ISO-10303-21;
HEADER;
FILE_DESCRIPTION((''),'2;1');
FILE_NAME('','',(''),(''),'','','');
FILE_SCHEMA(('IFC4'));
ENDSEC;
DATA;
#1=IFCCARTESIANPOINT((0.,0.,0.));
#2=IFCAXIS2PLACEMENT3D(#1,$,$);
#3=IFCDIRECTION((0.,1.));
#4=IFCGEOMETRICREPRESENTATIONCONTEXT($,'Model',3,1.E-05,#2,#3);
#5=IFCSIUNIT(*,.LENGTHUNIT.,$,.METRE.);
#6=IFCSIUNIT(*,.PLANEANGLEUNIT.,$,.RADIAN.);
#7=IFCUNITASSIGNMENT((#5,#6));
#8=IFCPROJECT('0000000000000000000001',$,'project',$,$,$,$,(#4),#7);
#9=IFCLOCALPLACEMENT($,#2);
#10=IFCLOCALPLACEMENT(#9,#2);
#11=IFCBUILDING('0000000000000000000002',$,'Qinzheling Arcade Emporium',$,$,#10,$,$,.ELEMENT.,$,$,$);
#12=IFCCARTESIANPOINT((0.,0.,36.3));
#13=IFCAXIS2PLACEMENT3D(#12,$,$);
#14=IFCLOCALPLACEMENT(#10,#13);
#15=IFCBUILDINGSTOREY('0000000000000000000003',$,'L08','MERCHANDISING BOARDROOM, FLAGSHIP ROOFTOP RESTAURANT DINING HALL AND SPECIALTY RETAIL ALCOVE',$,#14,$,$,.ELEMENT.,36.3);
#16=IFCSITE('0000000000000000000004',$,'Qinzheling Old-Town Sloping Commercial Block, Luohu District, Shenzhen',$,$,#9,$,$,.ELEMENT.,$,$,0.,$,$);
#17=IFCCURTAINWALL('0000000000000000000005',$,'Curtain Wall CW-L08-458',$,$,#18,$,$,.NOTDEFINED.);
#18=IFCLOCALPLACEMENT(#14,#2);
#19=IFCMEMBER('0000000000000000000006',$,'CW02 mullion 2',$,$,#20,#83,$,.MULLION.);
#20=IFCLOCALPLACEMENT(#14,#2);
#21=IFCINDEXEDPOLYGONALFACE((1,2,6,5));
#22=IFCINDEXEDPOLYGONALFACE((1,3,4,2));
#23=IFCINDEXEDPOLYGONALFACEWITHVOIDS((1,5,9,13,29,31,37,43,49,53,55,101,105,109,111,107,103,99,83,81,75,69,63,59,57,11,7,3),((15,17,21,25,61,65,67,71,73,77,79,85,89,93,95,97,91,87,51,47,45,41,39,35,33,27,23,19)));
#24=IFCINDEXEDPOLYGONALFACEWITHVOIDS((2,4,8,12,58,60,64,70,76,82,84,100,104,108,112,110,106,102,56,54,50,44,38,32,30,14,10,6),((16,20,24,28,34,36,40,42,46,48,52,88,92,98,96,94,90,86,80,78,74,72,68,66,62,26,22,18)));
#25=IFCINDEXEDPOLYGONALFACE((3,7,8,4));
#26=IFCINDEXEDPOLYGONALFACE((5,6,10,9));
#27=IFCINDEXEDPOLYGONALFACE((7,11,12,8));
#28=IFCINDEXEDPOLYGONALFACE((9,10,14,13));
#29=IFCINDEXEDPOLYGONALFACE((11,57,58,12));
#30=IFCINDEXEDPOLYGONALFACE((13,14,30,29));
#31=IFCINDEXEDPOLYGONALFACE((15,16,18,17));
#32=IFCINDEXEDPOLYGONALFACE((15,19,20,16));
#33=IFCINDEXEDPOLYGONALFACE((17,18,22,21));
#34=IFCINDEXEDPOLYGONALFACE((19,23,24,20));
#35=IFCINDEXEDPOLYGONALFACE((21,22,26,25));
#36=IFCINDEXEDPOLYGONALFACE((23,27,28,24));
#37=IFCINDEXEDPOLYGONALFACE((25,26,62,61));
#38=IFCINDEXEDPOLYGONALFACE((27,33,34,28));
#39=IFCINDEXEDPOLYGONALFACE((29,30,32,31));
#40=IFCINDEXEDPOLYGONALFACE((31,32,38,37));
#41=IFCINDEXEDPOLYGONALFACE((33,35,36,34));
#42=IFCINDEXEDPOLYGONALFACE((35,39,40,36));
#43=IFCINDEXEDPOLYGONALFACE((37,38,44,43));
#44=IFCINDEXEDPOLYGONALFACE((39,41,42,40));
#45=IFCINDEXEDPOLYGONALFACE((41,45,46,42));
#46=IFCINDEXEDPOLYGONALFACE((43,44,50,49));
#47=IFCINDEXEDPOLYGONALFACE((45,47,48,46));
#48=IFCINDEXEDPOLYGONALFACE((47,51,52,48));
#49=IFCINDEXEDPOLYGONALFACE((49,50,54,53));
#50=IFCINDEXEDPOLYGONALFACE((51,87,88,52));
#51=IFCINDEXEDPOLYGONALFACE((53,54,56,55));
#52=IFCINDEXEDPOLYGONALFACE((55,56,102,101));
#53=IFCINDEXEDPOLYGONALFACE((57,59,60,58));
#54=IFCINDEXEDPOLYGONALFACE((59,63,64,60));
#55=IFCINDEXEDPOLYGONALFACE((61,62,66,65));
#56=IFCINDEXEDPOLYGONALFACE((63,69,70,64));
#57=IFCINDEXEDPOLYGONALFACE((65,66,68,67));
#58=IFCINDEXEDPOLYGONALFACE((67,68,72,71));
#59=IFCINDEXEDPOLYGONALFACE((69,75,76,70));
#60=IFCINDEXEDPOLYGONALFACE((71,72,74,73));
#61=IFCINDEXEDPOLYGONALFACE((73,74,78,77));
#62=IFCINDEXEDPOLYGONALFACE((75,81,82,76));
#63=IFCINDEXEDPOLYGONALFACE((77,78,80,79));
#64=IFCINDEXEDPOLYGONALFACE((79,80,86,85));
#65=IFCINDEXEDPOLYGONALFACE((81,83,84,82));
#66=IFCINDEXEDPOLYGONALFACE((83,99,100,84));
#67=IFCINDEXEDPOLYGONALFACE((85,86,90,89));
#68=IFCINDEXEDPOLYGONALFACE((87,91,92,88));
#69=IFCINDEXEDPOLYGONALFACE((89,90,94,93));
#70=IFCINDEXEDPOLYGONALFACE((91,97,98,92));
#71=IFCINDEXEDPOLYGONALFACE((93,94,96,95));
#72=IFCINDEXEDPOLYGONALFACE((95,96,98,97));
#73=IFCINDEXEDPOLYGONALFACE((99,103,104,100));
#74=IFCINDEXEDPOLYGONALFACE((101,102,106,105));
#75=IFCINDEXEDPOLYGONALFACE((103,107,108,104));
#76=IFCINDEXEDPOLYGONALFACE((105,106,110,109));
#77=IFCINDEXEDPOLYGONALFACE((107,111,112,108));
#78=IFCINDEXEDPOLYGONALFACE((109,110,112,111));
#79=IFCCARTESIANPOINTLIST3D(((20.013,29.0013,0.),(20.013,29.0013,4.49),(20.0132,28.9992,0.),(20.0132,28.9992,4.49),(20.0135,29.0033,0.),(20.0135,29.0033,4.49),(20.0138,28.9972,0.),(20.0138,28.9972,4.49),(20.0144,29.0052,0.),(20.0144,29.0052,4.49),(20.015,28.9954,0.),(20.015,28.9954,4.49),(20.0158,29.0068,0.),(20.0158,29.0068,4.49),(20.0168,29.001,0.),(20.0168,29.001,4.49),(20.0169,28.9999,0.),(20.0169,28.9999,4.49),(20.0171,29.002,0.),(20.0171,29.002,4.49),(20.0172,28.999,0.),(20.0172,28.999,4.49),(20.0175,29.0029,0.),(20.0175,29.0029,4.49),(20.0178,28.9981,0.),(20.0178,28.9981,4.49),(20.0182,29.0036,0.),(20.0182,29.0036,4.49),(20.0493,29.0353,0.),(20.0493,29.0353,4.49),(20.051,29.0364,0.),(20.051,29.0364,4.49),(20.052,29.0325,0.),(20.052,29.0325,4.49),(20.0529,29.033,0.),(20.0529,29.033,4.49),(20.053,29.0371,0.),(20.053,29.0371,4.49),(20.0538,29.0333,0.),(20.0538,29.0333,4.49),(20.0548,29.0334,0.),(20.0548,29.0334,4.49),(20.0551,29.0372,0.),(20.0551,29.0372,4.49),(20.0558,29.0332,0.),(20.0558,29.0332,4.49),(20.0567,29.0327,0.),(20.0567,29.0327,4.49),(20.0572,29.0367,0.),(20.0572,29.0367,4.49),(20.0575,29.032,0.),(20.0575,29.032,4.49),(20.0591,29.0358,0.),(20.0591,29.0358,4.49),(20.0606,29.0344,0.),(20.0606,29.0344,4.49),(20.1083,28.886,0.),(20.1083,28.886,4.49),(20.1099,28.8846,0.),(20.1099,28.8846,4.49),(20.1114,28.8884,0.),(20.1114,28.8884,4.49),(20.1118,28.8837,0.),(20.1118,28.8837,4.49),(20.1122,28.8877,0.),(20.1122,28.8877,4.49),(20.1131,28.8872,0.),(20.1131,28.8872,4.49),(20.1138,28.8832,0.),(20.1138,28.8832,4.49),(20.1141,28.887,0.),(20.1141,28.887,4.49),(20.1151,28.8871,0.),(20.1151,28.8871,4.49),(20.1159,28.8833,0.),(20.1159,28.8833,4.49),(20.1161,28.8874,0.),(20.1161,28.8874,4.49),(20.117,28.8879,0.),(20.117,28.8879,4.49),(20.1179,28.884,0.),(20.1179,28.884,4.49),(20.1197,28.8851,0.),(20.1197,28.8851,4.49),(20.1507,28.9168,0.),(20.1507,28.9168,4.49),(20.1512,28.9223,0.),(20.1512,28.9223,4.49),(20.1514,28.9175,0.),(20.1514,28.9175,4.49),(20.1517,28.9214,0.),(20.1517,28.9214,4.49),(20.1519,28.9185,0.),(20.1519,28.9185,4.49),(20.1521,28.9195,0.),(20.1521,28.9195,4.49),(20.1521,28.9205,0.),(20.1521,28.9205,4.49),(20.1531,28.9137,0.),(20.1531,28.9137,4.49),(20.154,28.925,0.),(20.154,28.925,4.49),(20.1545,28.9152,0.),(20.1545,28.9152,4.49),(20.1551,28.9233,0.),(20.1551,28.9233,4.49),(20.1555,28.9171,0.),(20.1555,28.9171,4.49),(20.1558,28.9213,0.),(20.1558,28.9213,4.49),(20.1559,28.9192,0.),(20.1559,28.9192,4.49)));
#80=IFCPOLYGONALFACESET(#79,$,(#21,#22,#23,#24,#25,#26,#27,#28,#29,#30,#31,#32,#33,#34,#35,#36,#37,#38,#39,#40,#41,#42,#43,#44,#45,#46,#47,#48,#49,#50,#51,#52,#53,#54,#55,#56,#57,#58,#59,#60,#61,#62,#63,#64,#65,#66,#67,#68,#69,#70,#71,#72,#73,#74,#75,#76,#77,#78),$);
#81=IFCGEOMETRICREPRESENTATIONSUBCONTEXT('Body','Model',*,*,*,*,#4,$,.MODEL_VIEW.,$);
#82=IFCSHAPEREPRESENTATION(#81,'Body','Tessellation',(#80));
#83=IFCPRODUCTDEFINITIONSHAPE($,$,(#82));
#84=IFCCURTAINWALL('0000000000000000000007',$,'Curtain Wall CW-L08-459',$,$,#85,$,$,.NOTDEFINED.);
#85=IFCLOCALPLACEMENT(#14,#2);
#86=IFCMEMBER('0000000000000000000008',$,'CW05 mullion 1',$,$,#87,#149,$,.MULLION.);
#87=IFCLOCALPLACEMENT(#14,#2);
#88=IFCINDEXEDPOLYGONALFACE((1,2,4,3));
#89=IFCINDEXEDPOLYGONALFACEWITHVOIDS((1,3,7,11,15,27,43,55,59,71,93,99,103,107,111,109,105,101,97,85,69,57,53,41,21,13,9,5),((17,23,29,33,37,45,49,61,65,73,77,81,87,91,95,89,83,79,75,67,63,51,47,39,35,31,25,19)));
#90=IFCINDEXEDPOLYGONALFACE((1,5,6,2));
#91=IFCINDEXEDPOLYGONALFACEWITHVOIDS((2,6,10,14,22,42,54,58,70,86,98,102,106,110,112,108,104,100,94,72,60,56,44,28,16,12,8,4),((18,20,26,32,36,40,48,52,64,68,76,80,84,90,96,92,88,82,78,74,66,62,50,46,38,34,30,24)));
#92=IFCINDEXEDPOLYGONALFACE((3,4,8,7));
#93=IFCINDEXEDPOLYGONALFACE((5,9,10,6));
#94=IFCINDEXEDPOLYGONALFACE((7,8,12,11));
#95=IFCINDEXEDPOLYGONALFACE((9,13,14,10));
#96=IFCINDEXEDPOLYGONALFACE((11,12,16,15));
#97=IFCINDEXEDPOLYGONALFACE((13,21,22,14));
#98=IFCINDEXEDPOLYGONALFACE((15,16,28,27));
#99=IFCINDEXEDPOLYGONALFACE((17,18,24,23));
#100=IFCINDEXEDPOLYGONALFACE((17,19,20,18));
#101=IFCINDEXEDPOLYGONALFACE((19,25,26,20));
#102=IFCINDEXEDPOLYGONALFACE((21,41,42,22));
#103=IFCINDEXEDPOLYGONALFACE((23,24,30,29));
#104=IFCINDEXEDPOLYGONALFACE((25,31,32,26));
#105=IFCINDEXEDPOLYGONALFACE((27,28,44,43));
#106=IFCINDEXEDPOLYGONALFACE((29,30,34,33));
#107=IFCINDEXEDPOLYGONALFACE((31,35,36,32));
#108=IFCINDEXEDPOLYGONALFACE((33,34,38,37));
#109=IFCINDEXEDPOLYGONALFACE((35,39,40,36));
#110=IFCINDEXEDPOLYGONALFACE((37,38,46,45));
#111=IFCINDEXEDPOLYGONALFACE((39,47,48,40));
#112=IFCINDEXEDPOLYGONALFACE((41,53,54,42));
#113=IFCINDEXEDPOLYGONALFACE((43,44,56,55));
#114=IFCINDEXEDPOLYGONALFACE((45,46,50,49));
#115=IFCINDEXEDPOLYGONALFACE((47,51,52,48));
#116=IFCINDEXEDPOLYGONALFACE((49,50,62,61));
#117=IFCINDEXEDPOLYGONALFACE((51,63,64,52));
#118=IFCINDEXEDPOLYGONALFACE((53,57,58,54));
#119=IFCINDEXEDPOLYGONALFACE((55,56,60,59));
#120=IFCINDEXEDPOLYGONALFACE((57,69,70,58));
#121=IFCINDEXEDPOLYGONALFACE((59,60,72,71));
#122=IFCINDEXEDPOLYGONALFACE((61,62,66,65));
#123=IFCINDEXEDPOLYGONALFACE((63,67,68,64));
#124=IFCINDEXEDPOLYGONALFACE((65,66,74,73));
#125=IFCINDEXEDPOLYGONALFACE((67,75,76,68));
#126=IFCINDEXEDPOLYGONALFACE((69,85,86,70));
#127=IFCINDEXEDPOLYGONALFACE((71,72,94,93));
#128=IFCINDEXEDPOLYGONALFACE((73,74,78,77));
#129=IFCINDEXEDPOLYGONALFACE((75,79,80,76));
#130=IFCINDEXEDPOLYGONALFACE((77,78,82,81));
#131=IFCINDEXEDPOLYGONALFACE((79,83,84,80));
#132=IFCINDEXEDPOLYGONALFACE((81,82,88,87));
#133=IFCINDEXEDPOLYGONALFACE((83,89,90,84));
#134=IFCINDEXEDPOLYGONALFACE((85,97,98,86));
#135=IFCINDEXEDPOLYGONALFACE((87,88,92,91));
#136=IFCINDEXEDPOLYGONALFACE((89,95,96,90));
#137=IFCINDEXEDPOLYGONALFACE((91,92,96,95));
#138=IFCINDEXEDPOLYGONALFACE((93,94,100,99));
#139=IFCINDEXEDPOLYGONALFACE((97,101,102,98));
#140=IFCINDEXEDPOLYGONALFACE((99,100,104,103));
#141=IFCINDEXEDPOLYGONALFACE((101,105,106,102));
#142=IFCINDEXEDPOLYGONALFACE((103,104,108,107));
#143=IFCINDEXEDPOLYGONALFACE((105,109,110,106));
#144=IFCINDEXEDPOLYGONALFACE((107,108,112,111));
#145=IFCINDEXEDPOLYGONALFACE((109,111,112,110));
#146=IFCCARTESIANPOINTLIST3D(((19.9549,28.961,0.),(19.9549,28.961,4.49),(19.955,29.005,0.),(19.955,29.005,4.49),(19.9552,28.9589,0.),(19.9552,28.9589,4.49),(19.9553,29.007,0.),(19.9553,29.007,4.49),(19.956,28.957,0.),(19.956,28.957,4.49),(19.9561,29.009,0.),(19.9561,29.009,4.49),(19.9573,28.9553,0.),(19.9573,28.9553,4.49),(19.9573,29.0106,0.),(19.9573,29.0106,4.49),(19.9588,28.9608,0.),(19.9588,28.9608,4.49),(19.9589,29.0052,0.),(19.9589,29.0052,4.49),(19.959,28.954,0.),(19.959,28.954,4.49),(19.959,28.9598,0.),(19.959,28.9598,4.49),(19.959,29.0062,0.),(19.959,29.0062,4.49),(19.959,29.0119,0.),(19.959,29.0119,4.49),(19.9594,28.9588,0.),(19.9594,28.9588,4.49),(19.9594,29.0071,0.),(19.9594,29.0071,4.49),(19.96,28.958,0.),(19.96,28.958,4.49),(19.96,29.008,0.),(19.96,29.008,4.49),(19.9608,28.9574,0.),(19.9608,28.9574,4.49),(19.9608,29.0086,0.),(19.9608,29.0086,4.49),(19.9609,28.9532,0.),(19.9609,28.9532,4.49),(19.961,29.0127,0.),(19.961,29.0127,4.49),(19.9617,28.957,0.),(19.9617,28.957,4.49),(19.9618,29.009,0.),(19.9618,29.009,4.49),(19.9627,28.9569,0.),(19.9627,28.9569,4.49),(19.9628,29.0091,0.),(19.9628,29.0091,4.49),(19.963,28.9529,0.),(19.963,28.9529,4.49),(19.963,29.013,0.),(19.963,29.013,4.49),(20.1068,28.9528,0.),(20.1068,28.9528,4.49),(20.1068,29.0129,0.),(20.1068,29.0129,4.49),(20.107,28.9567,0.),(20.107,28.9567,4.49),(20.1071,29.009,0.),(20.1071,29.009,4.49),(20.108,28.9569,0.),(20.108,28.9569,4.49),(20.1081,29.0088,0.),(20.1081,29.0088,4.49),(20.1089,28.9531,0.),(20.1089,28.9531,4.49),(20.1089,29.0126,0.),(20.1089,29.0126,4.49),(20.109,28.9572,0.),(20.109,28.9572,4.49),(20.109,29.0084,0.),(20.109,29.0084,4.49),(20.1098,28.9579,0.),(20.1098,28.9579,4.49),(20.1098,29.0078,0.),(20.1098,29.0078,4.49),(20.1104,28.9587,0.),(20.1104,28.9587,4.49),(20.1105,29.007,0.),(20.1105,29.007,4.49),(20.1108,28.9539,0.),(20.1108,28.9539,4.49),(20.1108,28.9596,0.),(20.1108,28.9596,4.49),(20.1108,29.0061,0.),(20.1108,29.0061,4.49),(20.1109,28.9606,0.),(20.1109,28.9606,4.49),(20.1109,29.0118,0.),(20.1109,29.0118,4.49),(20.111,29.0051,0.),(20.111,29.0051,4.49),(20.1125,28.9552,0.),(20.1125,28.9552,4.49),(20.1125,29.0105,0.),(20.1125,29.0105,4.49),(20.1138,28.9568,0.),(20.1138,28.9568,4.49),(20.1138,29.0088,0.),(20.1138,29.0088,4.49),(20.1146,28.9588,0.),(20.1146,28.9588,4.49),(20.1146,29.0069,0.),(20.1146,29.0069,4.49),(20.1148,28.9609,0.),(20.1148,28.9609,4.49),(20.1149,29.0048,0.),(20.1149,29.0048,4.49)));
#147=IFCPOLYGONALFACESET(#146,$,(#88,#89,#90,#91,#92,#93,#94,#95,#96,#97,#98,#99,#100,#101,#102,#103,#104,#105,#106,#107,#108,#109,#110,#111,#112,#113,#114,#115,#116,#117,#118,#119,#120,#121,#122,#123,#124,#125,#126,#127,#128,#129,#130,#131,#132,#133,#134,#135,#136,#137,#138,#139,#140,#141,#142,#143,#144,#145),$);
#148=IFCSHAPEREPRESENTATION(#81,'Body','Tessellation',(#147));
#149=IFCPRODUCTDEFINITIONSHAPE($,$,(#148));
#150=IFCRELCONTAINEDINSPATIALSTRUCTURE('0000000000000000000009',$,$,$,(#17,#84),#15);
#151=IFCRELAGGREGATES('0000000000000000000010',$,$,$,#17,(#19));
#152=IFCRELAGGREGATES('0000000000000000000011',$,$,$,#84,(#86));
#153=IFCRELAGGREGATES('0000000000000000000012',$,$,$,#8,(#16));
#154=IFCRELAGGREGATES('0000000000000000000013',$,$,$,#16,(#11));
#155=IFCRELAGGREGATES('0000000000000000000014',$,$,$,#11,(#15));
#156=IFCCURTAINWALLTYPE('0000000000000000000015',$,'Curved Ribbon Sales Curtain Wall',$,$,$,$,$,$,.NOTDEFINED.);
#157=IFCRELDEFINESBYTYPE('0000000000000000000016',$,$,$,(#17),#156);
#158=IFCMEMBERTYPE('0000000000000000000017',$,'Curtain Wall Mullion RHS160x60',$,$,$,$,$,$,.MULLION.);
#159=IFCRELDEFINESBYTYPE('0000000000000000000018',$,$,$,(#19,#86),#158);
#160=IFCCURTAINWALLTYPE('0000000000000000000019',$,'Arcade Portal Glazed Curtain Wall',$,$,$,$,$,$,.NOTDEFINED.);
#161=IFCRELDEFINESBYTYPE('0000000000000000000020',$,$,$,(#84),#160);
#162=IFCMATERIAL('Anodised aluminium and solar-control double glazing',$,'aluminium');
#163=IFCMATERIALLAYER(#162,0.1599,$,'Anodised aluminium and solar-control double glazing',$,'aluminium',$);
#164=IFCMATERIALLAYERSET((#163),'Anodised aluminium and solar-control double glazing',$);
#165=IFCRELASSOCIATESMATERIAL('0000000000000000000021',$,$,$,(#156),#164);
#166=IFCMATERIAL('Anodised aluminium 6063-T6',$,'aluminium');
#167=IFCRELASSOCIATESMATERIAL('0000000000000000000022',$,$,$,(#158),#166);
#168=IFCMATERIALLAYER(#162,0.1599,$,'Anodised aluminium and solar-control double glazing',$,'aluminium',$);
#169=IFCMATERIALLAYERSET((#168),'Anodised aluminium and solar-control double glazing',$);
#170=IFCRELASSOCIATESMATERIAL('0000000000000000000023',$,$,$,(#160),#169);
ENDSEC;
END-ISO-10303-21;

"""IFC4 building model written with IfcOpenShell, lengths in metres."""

from ifc_helpers import new_model, si_unit, direction, frame, origin, origin_2d, place, context, subcontext, project, spatial, hollow_rectangle, extrude, material, layer, layer_set, material_profile, profile_set, type_object, element, aggregate, save


model = new_model("IFC4")

# Units and contexts
model_context = context("Model", 3, precision=1e-05, world=origin(), true_north=direction((0.0, 1.0)))
body_context = subcontext(model_context, "Body", "Model", "MODEL_VIEW")
ifc_project = project(units=[si_unit("LENGTHUNIT", "METRE"), si_unit("PLANEANGLEUNIT", "RADIAN")], contexts=[model_context])

# Site, building, storey
site_placement = place(None, origin())
site = spatial("IfcSite", under=ifc_project, at=site_placement, Name="Qinzheling Old-Town Sloping Commercial Block, Luohu District, Shenzhen", CompositionType="ELEMENT", RefElevation=0.0)
building_placement = place(site_placement, origin())
building = spatial("IfcBuilding", under=site, at=building_placement, Name="Qinzheling Arcade Emporium", CompositionType="ELEMENT")
storey_placement = place(building_placement, frame((0.0, 0.0, 36.3)))
storey = spatial("IfcBuildingStorey", under=building, at=storey_placement, Name="L08", Description="MERCHANDISING BOARDROOM, FLAGSHIP ROOFTOP RESTAURANT DINING HALL AND SPECIALTY RETAIL ALCOVE", CompositionType="ELEMENT", Elevation=36.3)

# Shared definitions
ifc_material_1 = material(Name="Anodised aluminium and solar-control double glazing", Category="aluminium")
ifc_layer_1 = layer(ifc_material_1, 0.1599, Name="Anodised aluminium and solar-control double glazing", Category="aluminium")
ifc_layer_set_1 = layer_set([ifc_layer_1], Name="Anodised aluminium and solar-control double glazing")
curtain_wall_type_1 = type_object("IfcCurtainWallType", Name="Curved Ribbon Sales Curtain Wall", PredefinedType="NOTDEFINED", material=ifc_layer_set_1)
ifc_material_2 = material(Name="Anodised aluminium 6063-T6", Category="aluminium")
ifc_material_profile_1 = material_profile(ifc_material_2, hollow_rectangle(XDim=0.0601, YDim=0.1599, WallThickness=0.0039, InnerFilletRadius=0.0039, OuterFilletRadius=0.0081, at=origin_2d()), Name="RHS 160x60x4", Category="aluminium")
ifc_profile_set_1 = profile_set([ifc_material_profile_1], Name="Anodised aluminium 6063-T6")
member_type_1 = type_object("IfcMemberType", Name="Curtain Wall Mullion RHS160x60", PredefinedType="MULLION", material=ifc_profile_set_1)

# Curtain walls, members
curtain_wall_1_placement = place(storey_placement, origin())
curtain_wall_1 = element("IfcCurtainWall", 1, at=curtain_wall_1_placement, inside=storey, type_object=curtain_wall_type_1, Name="Curtain Wall CW-L08-458", PredefinedType="NOTDEFINED")
member_1_placement = place(storey_placement, frame((20.0845, 28.9602, 0.0), z_axis=(0.0, 0.0, 1.0), x_axis=(-0.760575, -0.64925, 0.0)))
member_1 = element("IfcMember", 2, at=member_1_placement, type_object=member_type_1, Name="CW02 mullion 2", PredefinedType="MULLION", context=body_context, shape_type="SweptSolid", body=[
    extrude(hollow_rectangle(XDim=0.0601, YDim=0.1599, WallThickness=0.0039, InnerFilletRadius=0.0039, OuterFilletRadius=0.0081, at=origin_2d()), origin(), (0.0, 0.0, 1.0), 4.49),
])
ifc_layer_2 = layer(ifc_material_1, 0.1599, Name="Anodised aluminium and solar-control double glazing", Category="aluminium")
ifc_layer_set_2 = layer_set([ifc_layer_2], Name="Anodised aluminium and solar-control double glazing")
curtain_wall_type_2 = type_object("IfcCurtainWallType", Name="Arcade Portal Glazed Curtain Wall", PredefinedType="NOTDEFINED", material=ifc_layer_set_2)
curtain_wall_2_placement = place(storey_placement, origin())
curtain_wall_2 = element("IfcCurtainWall", 3, at=curtain_wall_2_placement, inside=storey, type_object=curtain_wall_type_2, Name="Curtain Wall CW-L08-459", PredefinedType="NOTDEFINED")
member_2_placement = place(storey_placement, frame((20.0349, 28.9829, 0.0), z_axis=(0.0, 0.0, 1.0), x_axis=(-0.000897, -1.0, 0.0)))
member_2 = element("IfcMember", 4, at=member_2_placement, type_object=member_type_1, Name="CW05 mullion 1", PredefinedType="MULLION", context=body_context, shape_type="SweptSolid", body=[
    extrude(hollow_rectangle(XDim=0.0601, YDim=0.1599, WallThickness=0.0039, InnerFilletRadius=0.0039, OuterFilletRadius=0.0081, at=origin_2d()), origin(), (0.0, 0.0, 1.0), 4.49),
])

aggregate(curtain_wall_1, [member_1])
aggregate(curtain_wall_2, [member_2])

save(model, "model.ifc")
